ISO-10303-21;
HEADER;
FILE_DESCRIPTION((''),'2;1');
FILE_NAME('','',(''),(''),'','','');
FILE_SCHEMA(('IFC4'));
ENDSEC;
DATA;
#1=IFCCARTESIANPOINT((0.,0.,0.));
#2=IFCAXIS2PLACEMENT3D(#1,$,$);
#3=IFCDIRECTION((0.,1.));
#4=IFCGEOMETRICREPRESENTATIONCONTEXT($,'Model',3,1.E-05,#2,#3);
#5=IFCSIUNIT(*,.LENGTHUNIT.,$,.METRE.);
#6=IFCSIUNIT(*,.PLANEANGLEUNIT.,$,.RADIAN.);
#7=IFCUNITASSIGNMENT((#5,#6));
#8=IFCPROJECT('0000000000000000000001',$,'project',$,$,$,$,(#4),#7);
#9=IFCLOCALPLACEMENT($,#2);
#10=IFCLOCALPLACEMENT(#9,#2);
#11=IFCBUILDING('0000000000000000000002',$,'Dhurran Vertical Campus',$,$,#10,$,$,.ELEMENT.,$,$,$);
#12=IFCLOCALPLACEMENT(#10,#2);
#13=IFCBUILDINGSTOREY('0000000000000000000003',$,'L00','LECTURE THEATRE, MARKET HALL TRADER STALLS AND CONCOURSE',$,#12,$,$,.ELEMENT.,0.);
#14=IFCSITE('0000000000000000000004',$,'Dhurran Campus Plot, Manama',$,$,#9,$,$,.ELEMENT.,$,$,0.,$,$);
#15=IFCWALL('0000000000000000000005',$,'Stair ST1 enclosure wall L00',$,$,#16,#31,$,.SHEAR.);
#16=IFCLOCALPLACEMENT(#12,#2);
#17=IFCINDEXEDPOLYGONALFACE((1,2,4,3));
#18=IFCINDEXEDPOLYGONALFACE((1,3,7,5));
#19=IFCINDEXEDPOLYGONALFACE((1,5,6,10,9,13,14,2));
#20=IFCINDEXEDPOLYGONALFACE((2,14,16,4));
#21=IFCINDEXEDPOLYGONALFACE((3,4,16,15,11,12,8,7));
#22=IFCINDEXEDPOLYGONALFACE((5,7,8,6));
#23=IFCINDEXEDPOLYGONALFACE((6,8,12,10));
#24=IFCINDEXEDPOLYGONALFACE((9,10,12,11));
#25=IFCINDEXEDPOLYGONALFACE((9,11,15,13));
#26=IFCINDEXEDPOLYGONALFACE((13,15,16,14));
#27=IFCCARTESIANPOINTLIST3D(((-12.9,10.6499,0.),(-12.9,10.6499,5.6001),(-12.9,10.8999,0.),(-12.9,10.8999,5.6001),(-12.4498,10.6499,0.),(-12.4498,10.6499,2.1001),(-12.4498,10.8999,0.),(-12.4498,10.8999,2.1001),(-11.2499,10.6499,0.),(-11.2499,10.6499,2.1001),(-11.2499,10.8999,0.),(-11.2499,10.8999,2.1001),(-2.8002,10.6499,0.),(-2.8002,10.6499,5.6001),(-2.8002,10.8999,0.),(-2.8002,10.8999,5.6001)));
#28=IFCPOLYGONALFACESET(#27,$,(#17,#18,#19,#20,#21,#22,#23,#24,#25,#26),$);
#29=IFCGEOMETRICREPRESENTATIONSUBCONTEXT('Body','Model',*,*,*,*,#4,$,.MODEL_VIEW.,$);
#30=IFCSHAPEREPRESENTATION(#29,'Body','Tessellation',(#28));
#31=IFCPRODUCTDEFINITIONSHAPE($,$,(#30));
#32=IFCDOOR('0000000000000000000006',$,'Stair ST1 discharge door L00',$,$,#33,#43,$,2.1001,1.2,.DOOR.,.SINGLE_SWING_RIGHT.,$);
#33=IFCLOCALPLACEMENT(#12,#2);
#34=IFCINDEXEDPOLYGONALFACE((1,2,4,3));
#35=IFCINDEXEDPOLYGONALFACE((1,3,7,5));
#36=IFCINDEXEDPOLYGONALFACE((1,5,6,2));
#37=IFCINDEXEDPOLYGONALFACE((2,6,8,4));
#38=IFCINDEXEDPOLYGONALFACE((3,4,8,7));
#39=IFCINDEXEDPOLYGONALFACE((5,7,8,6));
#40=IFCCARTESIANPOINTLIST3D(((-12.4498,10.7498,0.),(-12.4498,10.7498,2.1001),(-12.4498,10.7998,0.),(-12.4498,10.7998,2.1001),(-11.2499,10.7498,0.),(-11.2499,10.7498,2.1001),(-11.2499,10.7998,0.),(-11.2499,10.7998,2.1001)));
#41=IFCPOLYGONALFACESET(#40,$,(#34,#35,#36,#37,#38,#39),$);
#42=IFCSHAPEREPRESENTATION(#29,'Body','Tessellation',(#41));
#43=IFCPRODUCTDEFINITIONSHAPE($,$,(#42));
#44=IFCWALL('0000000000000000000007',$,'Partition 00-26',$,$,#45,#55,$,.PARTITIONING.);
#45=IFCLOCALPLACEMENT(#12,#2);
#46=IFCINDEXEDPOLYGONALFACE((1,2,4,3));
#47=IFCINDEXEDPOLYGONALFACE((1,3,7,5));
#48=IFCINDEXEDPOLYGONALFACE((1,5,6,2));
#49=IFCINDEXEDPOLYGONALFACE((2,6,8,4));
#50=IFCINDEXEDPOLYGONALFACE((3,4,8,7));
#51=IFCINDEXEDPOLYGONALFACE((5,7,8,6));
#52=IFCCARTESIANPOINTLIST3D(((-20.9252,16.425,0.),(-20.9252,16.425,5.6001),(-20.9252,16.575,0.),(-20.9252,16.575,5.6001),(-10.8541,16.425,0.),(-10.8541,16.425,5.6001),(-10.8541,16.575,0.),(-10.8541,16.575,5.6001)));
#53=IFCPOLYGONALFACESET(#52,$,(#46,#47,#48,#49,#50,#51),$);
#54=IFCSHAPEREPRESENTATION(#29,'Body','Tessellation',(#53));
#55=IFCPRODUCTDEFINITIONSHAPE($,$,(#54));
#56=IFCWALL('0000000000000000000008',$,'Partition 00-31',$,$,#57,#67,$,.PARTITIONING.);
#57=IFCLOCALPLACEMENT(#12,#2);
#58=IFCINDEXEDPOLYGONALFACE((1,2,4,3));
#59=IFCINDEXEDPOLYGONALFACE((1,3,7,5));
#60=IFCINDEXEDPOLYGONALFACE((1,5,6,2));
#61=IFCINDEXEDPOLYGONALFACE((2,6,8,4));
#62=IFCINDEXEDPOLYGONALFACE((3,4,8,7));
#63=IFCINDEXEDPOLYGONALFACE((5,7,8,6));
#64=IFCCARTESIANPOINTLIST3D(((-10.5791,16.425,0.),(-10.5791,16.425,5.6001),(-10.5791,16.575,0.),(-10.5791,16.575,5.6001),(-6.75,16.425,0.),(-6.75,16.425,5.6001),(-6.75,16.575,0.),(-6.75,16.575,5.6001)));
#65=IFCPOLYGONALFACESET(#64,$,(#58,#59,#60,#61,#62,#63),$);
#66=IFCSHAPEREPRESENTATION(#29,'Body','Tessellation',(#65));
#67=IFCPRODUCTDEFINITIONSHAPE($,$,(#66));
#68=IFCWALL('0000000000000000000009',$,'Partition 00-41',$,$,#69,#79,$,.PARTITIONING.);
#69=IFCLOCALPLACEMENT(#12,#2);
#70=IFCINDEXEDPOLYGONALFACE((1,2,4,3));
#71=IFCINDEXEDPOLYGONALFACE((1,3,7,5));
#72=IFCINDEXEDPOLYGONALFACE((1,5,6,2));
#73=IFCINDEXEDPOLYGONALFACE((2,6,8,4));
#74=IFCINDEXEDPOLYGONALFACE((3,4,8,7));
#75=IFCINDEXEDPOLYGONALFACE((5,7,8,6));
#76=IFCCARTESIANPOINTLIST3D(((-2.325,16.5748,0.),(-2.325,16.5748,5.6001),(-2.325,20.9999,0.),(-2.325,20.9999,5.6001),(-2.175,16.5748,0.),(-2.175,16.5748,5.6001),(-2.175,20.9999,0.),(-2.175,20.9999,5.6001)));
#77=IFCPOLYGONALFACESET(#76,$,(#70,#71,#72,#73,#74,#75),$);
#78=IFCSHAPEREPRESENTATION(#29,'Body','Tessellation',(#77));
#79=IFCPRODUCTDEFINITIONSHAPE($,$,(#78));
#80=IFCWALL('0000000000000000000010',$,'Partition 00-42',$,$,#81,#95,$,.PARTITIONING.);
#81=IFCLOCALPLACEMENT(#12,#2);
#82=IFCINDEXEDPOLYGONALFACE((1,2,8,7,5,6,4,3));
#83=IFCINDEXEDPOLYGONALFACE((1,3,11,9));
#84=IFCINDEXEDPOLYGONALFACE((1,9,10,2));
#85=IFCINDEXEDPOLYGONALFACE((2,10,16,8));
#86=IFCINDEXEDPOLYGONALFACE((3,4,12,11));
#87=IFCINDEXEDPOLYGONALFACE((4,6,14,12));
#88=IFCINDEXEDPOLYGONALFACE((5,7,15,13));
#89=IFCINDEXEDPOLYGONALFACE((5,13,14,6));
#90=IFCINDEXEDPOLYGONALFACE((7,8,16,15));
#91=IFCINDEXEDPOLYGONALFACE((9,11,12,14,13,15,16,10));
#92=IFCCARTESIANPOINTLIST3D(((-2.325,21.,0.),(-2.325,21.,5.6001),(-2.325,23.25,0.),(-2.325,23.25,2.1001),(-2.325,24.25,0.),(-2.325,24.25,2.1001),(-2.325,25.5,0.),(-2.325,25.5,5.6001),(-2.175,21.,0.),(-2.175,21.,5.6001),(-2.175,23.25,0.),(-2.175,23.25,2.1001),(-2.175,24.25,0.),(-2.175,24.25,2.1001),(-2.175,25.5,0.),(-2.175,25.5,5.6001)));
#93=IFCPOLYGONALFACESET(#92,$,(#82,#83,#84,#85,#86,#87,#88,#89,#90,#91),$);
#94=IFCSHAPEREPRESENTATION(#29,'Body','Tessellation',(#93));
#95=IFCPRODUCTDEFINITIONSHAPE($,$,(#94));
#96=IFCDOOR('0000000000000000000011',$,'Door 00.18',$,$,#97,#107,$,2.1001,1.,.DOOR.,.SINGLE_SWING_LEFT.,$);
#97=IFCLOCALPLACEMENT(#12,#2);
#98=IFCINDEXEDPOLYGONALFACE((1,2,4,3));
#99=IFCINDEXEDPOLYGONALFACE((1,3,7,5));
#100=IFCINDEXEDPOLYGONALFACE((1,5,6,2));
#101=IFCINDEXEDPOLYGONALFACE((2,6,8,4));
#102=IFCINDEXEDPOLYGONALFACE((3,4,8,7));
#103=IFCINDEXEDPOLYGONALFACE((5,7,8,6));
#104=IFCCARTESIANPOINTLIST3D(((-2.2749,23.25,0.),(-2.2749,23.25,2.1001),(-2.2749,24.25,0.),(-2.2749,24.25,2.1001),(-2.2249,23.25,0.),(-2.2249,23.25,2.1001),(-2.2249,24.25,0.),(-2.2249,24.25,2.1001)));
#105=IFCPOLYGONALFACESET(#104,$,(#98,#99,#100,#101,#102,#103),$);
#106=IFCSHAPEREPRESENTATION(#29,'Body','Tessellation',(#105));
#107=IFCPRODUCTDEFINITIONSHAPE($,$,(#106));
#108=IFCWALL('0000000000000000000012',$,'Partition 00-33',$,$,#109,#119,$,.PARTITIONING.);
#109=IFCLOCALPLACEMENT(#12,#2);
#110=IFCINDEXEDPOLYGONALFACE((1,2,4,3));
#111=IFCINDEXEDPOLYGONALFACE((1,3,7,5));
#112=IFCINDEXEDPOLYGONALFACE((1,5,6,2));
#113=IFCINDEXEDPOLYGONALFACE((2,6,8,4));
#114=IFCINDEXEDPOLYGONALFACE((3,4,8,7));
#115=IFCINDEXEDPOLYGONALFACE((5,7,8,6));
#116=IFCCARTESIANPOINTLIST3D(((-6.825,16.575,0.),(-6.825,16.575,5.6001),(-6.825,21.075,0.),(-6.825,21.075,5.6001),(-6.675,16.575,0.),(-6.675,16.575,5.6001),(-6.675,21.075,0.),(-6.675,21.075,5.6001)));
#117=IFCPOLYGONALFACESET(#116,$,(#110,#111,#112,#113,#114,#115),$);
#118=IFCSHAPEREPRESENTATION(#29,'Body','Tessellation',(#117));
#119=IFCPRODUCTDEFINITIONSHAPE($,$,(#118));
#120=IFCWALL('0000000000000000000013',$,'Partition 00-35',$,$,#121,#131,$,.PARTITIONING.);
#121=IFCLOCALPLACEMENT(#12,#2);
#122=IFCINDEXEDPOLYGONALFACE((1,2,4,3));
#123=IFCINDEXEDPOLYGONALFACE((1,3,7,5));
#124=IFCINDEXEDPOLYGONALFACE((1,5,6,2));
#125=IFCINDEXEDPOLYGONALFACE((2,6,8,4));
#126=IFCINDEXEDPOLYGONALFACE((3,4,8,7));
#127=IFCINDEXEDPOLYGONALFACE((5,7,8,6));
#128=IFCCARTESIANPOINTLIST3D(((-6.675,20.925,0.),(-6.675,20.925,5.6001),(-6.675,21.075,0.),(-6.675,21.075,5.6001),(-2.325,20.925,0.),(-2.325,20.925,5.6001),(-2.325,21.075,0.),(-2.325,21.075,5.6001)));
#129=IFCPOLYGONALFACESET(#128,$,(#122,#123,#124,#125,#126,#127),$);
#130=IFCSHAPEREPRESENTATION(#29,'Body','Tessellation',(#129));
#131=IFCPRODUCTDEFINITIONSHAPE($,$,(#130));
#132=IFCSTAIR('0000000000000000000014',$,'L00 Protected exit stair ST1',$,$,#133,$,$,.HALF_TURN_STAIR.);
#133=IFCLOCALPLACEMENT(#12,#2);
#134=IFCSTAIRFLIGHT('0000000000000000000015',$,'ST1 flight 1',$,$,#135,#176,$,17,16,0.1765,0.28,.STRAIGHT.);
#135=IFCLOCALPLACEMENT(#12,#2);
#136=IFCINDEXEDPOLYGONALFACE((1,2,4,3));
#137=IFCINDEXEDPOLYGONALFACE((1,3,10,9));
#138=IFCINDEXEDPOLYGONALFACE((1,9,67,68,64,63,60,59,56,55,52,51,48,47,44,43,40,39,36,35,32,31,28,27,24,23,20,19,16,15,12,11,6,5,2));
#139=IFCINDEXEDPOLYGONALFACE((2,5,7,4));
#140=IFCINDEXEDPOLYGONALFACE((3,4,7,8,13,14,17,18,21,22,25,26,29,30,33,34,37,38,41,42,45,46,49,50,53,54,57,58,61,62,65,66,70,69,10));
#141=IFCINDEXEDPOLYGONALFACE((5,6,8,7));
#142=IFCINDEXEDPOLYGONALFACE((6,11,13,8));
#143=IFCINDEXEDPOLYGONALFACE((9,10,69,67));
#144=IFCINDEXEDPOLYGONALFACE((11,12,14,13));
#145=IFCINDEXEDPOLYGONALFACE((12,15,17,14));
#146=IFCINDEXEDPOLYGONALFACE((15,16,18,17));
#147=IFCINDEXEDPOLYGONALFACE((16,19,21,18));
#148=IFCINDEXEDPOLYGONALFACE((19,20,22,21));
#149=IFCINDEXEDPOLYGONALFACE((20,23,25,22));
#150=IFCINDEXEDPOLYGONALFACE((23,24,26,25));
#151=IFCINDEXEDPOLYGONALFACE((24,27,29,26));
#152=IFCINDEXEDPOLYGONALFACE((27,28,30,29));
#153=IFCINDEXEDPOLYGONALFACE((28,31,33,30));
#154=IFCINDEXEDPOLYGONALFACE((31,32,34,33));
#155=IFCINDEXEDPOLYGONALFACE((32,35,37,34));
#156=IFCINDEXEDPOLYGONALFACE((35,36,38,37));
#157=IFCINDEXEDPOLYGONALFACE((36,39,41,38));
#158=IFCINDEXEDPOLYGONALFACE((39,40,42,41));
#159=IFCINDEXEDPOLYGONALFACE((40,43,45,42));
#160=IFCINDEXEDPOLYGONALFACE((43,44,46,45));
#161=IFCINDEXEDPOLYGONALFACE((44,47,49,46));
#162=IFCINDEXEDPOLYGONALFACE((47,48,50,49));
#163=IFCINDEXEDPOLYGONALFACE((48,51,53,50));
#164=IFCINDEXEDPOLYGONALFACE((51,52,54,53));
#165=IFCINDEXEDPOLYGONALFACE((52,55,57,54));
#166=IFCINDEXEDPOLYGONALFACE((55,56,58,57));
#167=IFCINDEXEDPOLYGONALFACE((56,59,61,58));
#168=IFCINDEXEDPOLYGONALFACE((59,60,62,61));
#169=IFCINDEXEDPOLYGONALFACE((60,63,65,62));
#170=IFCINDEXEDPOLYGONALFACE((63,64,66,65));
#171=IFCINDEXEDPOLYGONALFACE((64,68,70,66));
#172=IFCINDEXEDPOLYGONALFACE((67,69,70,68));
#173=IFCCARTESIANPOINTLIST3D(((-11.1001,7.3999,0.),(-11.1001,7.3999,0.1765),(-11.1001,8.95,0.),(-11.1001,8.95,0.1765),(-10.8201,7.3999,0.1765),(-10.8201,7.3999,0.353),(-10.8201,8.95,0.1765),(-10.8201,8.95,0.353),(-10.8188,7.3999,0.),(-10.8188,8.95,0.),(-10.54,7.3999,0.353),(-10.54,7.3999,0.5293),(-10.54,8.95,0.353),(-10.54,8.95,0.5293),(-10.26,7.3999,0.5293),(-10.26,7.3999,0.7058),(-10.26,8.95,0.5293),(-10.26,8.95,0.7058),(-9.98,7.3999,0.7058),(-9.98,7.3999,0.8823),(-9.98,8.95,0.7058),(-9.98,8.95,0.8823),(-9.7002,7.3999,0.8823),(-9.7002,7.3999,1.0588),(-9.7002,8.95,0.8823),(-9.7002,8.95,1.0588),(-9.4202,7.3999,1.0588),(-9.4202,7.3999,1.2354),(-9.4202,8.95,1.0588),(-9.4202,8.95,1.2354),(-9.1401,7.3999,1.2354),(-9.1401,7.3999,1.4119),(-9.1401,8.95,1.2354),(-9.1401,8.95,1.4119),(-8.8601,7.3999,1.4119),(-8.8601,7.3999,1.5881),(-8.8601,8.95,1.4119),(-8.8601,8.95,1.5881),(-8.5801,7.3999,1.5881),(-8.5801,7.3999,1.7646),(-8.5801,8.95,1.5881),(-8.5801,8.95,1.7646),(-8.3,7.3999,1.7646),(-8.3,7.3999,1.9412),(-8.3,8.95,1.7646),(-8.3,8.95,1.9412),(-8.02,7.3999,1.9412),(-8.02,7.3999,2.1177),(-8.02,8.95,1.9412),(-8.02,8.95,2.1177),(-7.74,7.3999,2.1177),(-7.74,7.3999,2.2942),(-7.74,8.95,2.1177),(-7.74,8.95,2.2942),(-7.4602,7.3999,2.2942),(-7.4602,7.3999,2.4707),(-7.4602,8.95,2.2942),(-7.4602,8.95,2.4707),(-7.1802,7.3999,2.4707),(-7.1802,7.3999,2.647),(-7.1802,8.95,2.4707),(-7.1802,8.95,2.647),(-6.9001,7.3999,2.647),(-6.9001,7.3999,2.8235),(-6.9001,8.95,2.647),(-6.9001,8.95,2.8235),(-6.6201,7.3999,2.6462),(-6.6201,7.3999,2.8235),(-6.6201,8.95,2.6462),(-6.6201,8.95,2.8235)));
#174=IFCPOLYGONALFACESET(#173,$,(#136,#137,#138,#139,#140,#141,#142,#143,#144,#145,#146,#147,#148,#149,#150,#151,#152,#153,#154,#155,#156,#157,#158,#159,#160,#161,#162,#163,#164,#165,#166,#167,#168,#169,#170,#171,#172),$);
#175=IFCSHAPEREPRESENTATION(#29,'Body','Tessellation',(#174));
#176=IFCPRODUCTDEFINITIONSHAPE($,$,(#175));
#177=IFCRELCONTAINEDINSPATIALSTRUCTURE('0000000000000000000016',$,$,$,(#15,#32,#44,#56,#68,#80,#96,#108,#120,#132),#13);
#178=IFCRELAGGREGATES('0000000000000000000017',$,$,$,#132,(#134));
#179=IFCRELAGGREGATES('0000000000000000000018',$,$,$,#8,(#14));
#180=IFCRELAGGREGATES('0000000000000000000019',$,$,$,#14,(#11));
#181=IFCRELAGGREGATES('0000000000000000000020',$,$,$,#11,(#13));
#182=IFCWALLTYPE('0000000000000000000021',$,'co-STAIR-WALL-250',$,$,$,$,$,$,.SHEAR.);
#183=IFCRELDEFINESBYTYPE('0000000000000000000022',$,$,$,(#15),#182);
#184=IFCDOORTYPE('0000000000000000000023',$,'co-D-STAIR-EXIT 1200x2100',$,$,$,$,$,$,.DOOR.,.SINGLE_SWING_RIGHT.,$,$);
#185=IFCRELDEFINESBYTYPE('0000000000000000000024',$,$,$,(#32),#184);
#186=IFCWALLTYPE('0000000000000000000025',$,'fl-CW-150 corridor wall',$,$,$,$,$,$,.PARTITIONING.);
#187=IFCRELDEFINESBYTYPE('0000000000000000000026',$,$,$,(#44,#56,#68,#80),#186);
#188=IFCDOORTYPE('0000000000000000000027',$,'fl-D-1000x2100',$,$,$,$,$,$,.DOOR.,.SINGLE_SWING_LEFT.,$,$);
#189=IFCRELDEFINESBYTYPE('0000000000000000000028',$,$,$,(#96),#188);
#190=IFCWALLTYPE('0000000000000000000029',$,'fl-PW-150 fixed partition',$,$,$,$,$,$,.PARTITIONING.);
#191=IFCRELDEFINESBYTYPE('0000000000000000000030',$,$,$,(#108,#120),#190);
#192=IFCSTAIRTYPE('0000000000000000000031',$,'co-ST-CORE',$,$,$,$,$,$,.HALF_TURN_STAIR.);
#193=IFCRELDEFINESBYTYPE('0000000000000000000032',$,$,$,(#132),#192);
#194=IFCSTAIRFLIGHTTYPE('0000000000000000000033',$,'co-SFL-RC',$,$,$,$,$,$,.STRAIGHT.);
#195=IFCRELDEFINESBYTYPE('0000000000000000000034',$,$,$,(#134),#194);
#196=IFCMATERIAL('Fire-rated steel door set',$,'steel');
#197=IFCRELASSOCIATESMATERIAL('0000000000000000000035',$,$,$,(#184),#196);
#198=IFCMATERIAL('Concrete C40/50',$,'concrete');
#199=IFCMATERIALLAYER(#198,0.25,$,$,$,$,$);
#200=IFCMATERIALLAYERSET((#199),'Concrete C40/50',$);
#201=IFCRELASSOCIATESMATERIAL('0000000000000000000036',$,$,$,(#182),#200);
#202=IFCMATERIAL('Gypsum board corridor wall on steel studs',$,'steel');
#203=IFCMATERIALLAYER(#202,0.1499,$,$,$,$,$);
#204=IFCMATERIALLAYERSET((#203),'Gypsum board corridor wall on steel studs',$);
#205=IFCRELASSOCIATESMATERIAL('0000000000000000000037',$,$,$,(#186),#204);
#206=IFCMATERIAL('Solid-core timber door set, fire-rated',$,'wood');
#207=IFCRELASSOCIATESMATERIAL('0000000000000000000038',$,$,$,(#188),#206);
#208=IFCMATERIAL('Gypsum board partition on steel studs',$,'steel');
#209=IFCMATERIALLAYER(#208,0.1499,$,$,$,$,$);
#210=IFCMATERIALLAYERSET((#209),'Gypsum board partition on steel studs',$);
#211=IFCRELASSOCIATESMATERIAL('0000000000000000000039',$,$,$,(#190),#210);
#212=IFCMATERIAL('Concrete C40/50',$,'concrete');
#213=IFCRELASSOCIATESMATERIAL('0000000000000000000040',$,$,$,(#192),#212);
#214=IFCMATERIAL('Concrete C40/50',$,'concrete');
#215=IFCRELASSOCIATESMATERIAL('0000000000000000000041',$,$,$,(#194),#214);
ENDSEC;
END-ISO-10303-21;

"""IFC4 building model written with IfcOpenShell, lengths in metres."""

from ifc_helpers import new_model, si_unit, direction, frame, frame_2d, origin, place, context, subcontext, project, spatial, polyline, rectangle, outline, extrude, material, layer, layer_set, type_object, element, fill, aggregate, save


model = new_model("IFC4")

# Units and contexts
model_context = context("Model", 3, precision=1e-05, world=origin(), true_north=direction((0.0, 1.0)))
body_context = subcontext(model_context, "Body", "Model", "MODEL_VIEW")
ifc_project = project(units=[si_unit("LENGTHUNIT", "METRE"), si_unit("PLANEANGLEUNIT", "RADIAN")], contexts=[model_context])

# Site, building, storey
site_placement = place(None, origin())
site = spatial("IfcSite", under=ifc_project, at=site_placement, Name="Dhurran Campus Plot, Manama", CompositionType="ELEMENT", RefElevation=0.0)
building_placement = place(site_placement, origin())
building = spatial("IfcBuilding", under=site, at=building_placement, Name="Dhurran Vertical Campus", CompositionType="ELEMENT")
storey_placement = place(building_placement, origin())
storey = spatial("IfcBuildingStorey", under=building, at=storey_placement, Name="L00", Description="LECTURE THEATRE, MARKET HALL TRADER STALLS AND CONCOURSE", CompositionType="ELEMENT", Elevation=0.0)

# Shared definitions
ifc_material_1 = material(Name="Fire-rated steel door set", Category="steel")
door_type_1 = type_object("IfcDoorType", Name="co-D-STAIR-EXIT 1200x2100", OperationType="SINGLE_SWING_RIGHT", PredefinedType="DOOR", material=ifc_material_1)

# Wall, opening, door
ifc_material_2 = material(Name="Concrete C40/50", Category="concrete")
ifc_layer_1 = layer(ifc_material_2, 0.25)
ifc_layer_set_1 = layer_set([ifc_layer_1], Name="Concrete C40/50")
wall_type_1 = type_object("IfcWallType", Name="co-STAIR-WALL-250", PredefinedType="SHEAR", material=ifc_layer_set_1)
wall_1_placement = place(storey_placement, frame((-12.8999, 10.7749, 0.0), z_axis=(0.0, 0.0, 1.0), x_axis=(1.0, 0.0, 0.0)))
wall_1 = element("IfcWall", 1, at=wall_1_placement, inside=storey, type_object=wall_type_1, Name="Stair ST1 enclosure wall L00", PredefinedType="SHEAR", context=body_context, shape_type="SweptSolid", body=[
    extrude(rectangle(XDim=10.0999, YDim=0.25, at=frame_2d((5.0498, 0.0))), origin(), (0.0, 0.0, 1.0), 5.6001),
])
opening_1_placement = place(wall_1_placement, frame((0.45, 0.0, 0.0)))
opening_1 = element("IfcOpeningElement", 2, at=opening_1_placement, cuts=wall_1, PredefinedType="OPENING", context=body_context, shape_type="SweptSolid", body=[
    extrude(rectangle(XDim=1.2, YDim=2.1001, at=frame_2d((0.6001, 1.05))), frame((0.0, 0.135, 0.0), z_axis=(0.0, -1.0, 0.0), x_axis=(1.0, 0.0, 0.0)), (0.0, 0.0, 1.0), 0.27),
])
door_1_placement = place(opening_1_placement, origin())
door_1 = element("IfcDoor", 3, at=door_1_placement, inside=storey, type_object=door_type_1, Name="Stair ST1 discharge door L00", OperationType="SINGLE_SWING_RIGHT", OverallHeight=2.1001, OverallWidth=1.2, PredefinedType="DOOR", context=body_context, shape_type="SweptSolid", body=[
    extrude(rectangle(XDim=1.2, YDim=2.1001, at=frame_2d((0.6001, 1.05))), frame((0.0, 0.0249, 0.0), z_axis=(0.0, -1.0, 0.0), x_axis=(1.0, 0.0, 0.0)), (0.0, 0.0, 1.0), 0.05),
])
fill(opening_1, door_1)

# Walls
ifc_material_3 = material(Name="Gypsum board corridor wall on steel studs", Category="steel")
ifc_layer_2 = layer(ifc_material_3, 0.1499)
ifc_layer_set_2 = layer_set([ifc_layer_2], Name="Gypsum board corridor wall on steel studs")
wall_type_2 = type_object("IfcWallType", Name="fl-CW-150 corridor wall", PredefinedType="PARTITIONING", material=ifc_layer_set_2)
wall_2_placement = place(storey_placement, frame((-10.854, 16.5, 0.0), z_axis=(0.0, 0.0, 1.0), x_axis=(-1.0, 0.0, 0.0)))
element("IfcWall", 4, at=wall_2_placement, inside=storey, type_object=wall_type_2, Name="Partition 00-26", PredefinedType="PARTITIONING", context=body_context, shape_type="SweptSolid", body=[
    extrude(rectangle(XDim=10.071, YDim=0.1499, at=frame_2d((5.0356, 0.0))), origin(), (0.0, 0.0, 1.0), 5.6001),
])
wall_3_placement = place(storey_placement, frame((-6.75, 16.5, 0.0), z_axis=(0.0, 0.0, 1.0), x_axis=(-1.0, 0.0, 0.0)))
element("IfcWall", 5, at=wall_3_placement, inside=storey, type_object=wall_type_2, Name="Partition 00-31", PredefinedType="PARTITIONING", context=body_context, shape_type="SweptSolid", body=[
    extrude(rectangle(XDim=3.8291, YDim=0.1499, at=frame_2d((1.9146, 0.0))), origin(), (0.0, 0.0, 1.0), 5.6001),
])
wall_4_placement = place(storey_placement, frame((-2.25, 16.575, 0.0), z_axis=(0.0, 0.0, 1.0), x_axis=(0.0, 1.0, 0.0)))
element("IfcWall", 6, at=wall_4_placement, inside=storey, type_object=wall_type_2, Name="Partition 00-41", PredefinedType="PARTITIONING", context=body_context, shape_type="SweptSolid", body=[
    extrude(rectangle(XDim=4.425, YDim=0.1499, at=frame_2d((2.2124, 0.0))), origin(), (0.0, 0.0, 1.0), 5.6001),
])

# Wall, opening, door
wall_5_placement = place(storey_placement, frame((-2.25, 21.0, 0.0), z_axis=(0.0, 0.0, 1.0), x_axis=(0.0, 1.0, 0.0)))
wall_5 = element("IfcWall", 7, at=wall_5_placement, inside=storey, type_object=wall_type_2, Name="Partition 00-42", PredefinedType="PARTITIONING", context=body_context, shape_type="SweptSolid", body=[
    extrude(rectangle(XDim=4.5, YDim=0.1499, at=frame_2d((2.25, 0.0))), origin(), (0.0, 0.0, 1.0), 5.6001),
])
opening_2_placement = place(wall_5_placement, frame((2.25, 0.0, 0.0)))
opening_2 = element("IfcOpeningElement", 8, at=opening_2_placement, cuts=wall_5, PredefinedType="OPENING", context=body_context, shape_type="SweptSolid", body=[
    extrude(rectangle(XDim=1.0, YDim=2.1001, at=frame_2d((0.5, 1.05))), frame((0.0, 0.085, 0.0), z_axis=(0.0, -1.0, 0.0), x_axis=(1.0, 0.0, 0.0)), (0.0, 0.0, 1.0), 0.1699),
])
ifc_material_4 = material(Name="Solid-core timber door set, fire-rated", Category="wood")
door_type_2 = type_object("IfcDoorType", Name="fl-D-1000x2100", OperationType="SINGLE_SWING_LEFT", PredefinedType="DOOR", material=ifc_material_4)
door_2_placement = place(opening_2_placement, origin())
door_2 = element("IfcDoor", 9, at=door_2_placement, inside=storey, type_object=door_type_2, Name="Door 00.18", OperationType="SINGLE_SWING_LEFT", OverallHeight=2.1001, OverallWidth=1.0, PredefinedType="DOOR", context=body_context, shape_type="SweptSolid", body=[
    extrude(rectangle(XDim=1.0, YDim=2.1001, at=frame_2d((0.5, 1.05))), frame((0.0, 0.0249, 0.0), z_axis=(0.0, -1.0, 0.0), x_axis=(1.0, 0.0, 0.0)), (0.0, 0.0, 1.0), 0.05),
])
fill(opening_2, door_2)

# Walls
ifc_material_5 = material(Name="Gypsum board partition on steel studs", Category="steel")
ifc_layer_3 = layer(ifc_material_5, 0.1499)
ifc_layer_set_3 = layer_set([ifc_layer_3], Name="Gypsum board partition on steel studs")
wall_type_3 = type_object("IfcWallType", Name="fl-PW-150 fixed partition", PredefinedType="PARTITIONING", material=ifc_layer_set_3)
wall_6_placement = place(storey_placement, frame((-6.75, 21.075, 0.0), z_axis=(0.0, 0.0, 1.0), x_axis=(0.0, -1.0, 0.0)))
element("IfcWall", 10, at=wall_6_placement, inside=storey, type_object=wall_type_3, Name="Partition 00-33", PredefinedType="PARTITIONING", context=body_context, shape_type="SweptSolid", body=[
    extrude(rectangle(XDim=4.5, YDim=0.1499, at=frame_2d((2.25, 0.0))), origin(), (0.0, 0.0, 1.0), 5.6001),
])
wall_7_placement = place(storey_placement, frame((-2.325, 21.0, 0.0), z_axis=(0.0, 0.0, 1.0), x_axis=(-1.0, 0.0, 0.0)))
element("IfcWall", 11, at=wall_7_placement, inside=storey, type_object=wall_type_3, Name="Partition 00-35", PredefinedType="PARTITIONING", context=body_context, shape_type="SweptSolid", body=[
    extrude(rectangle(XDim=4.3501, YDim=0.1499, at=frame_2d((2.175, 0.0))), origin(), (0.0, 0.0, 1.0), 5.6001),
])

# Stair, stair flight
ifc_material_6 = material(Name="Concrete C40/50", Category="concrete")
stair_type = type_object("IfcStairType", Name="co-ST-CORE", PredefinedType="HALF_TURN_STAIR", material=ifc_material_6)
stair_placement = place(storey_placement, origin())
stair = element("IfcStair", 12, at=stair_placement, inside=storey, type_object=stair_type, Name="L00 Protected exit stair ST1", PredefinedType="HALF_TURN_STAIR")
ifc_material_7 = material(Name="Concrete C40/50", Category="concrete")
stair_flight_type = type_object("IfcStairFlightType", Name="co-SFL-RC", PredefinedType="STRAIGHT", material=ifc_material_7)
stair_flight_1_placement = place(storey_placement, frame((-11.1001, 8.175, 0.0), z_axis=(0.0, 0.0, 1.0), x_axis=(1.0, 0.0, 0.0)))
stair_flight_1 = element("IfcStairFlight", 13, at=stair_flight_1_placement, type_object=stair_flight_type, Name="ST1 flight 1", NumberOfRisers=17, NumberOfTreads=16, PredefinedType="STRAIGHT", RiserHeight=0.1765, TreadLength=0.28, context=body_context, shape_type="SweptSolid", body=[
    extrude(outline(polyline([(0.0, 0.0), (0.0, 0.1765), (0.28, 0.1765), (0.28, 0.353), (0.5601, 0.353), (0.5601, 0.5293), (0.8401, 0.5293), (0.8401, 0.7058), (1.1201, 0.7058), (1.1201, 0.8823), (1.3999, 0.8823), (1.3999, 1.0588), (1.6799, 1.0588), (1.6799, 1.2354), (1.96, 1.2354), (1.96, 1.4119), (2.24, 1.4119), (2.24, 1.5881), (2.52, 1.5881), (2.52, 1.7646), (2.8, 1.7646), (2.8, 1.9412), (3.0801, 1.9412), (3.0801, 2.1177), (3.3601, 2.1177), (3.3601, 2.2942), (3.6399, 2.2942), (3.6399, 2.4707), (3.9199, 2.4707), (3.9199, 2.647), (4.2, 2.647), (4.2, 2.8235), (4.48, 2.8235), (4.48, 3.0), (4.48, 2.6462), (0.2812, 0.0), (0.0, 0.0)])), frame((0.0, 0.7749, 0.0), z_axis=(0.0, -1.0, 0.0), x_axis=(1.0, 0.0, 0.0)), (0.0, 0.0, 1.0), 1.55),
])
aggregate(stair, [stair_flight_1])

save(model, "model.ifc")
